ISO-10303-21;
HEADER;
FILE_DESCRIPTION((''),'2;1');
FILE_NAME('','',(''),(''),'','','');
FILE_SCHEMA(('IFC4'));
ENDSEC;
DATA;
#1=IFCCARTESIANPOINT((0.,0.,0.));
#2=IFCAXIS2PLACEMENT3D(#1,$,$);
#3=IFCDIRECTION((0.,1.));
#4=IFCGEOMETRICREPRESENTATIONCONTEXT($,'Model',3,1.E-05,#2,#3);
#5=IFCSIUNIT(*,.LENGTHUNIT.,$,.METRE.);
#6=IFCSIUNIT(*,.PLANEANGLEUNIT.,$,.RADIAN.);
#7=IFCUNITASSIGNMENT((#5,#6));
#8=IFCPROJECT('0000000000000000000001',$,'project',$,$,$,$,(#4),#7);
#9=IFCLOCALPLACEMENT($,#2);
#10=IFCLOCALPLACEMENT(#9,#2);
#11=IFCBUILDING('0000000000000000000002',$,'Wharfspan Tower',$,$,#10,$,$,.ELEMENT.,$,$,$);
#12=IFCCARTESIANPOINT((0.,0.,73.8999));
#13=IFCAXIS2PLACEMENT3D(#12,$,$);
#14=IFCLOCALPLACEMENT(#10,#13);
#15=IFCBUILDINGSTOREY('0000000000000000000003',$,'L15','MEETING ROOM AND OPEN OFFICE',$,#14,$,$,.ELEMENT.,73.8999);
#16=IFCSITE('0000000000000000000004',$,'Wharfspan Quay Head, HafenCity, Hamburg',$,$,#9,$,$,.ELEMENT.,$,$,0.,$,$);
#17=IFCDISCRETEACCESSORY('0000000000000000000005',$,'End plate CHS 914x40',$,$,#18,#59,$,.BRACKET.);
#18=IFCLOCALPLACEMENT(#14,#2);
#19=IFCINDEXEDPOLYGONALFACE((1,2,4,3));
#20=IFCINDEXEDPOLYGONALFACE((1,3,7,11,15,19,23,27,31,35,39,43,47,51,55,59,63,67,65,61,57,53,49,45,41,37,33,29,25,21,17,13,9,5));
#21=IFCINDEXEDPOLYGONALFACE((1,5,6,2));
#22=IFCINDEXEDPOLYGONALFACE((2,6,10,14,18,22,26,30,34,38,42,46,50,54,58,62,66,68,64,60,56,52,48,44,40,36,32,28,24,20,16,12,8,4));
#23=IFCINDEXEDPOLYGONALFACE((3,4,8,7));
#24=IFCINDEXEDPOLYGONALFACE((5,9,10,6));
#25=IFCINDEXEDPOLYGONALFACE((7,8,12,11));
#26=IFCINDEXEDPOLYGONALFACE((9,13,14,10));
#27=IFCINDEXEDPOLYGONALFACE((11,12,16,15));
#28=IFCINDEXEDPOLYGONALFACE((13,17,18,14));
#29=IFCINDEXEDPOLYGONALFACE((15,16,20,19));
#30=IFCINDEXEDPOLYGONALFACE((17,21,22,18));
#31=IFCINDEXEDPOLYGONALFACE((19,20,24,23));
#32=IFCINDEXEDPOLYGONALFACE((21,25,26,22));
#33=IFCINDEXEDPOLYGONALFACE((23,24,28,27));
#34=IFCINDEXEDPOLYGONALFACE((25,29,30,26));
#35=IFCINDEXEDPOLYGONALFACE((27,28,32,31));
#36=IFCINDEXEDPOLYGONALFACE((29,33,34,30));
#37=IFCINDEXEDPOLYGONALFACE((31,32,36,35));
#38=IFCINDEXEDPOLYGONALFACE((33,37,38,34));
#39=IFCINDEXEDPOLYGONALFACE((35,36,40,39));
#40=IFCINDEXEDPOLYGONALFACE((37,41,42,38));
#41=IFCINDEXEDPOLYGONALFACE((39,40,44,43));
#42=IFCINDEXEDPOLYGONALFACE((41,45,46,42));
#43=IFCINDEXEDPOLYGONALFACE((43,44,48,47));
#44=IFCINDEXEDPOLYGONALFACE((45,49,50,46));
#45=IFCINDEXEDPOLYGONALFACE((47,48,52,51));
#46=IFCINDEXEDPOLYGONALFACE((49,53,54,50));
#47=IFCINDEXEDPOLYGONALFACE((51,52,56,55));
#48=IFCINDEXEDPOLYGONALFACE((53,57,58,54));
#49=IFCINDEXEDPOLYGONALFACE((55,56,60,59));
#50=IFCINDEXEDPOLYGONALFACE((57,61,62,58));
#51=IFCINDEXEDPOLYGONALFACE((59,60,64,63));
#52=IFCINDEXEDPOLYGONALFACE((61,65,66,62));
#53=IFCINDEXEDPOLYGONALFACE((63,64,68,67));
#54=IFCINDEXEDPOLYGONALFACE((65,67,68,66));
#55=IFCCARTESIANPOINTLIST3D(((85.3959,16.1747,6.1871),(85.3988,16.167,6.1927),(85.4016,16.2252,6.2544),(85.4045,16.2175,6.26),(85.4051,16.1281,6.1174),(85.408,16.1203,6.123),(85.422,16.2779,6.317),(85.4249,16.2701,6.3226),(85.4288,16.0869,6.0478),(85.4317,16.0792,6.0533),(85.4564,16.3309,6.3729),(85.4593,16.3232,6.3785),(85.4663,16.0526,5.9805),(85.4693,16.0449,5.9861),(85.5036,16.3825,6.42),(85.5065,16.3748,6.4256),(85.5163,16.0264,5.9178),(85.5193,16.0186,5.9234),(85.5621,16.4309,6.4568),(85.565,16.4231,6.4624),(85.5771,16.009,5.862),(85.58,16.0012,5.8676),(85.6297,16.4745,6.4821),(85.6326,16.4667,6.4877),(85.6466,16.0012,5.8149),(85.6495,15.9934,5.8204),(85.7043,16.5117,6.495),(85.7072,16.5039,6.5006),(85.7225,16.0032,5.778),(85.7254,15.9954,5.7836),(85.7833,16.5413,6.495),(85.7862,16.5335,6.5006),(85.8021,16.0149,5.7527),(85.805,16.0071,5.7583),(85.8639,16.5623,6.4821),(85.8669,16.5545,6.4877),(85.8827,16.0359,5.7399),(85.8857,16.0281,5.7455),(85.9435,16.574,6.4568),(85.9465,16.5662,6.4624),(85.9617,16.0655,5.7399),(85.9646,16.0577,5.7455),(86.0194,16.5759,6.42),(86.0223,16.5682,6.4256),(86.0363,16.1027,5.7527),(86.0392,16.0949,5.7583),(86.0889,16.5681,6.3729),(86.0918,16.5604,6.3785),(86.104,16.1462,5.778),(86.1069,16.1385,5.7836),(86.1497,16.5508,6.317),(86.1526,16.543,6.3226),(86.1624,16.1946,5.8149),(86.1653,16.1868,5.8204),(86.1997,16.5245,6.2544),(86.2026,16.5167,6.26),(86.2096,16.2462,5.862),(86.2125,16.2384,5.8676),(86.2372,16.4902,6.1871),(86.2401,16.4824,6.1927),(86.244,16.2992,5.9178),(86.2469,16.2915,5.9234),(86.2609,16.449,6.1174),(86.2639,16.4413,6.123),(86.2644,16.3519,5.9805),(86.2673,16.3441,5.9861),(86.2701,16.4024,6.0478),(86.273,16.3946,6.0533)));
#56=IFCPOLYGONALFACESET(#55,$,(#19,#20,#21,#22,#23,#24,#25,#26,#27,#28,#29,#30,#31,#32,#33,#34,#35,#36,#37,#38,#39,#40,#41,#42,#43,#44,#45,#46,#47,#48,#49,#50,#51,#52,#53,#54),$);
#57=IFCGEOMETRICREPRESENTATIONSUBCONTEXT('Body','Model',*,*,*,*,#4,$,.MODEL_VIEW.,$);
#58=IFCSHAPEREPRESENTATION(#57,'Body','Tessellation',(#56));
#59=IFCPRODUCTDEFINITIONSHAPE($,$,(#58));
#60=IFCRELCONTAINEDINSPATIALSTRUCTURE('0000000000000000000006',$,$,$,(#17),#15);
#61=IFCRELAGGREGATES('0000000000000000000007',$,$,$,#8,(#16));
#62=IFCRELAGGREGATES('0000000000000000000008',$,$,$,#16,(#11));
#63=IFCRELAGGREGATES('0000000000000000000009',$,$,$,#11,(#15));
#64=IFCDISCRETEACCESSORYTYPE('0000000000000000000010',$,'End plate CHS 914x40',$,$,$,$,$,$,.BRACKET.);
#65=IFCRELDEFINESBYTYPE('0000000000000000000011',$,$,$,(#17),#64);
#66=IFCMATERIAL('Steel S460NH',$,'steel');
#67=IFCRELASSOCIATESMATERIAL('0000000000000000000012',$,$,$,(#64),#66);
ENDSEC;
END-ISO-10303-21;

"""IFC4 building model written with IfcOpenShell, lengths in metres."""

from ifc_helpers import new_model, si_unit, direction, frame, origin, origin_2d, place, context, subcontext, project, spatial, circle, extrude, material, material_profile, profile_set, type_object, element, save


model = new_model("IFC4")

# Units and contexts
model_context = context("Model", 3, precision=1e-05, world=origin(), true_north=direction((0.0, 1.0)))
body_context = subcontext(model_context, "Body", "Model", "MODEL_VIEW")
ifc_project = project(units=[si_unit("LENGTHUNIT", "METRE"), si_unit("PLANEANGLEUNIT", "RADIAN")], contexts=[model_context])

# Site, building, storey
site_placement = place(None, origin())
site = spatial("IfcSite", under=ifc_project, at=site_placement, Name="Wharfspan Quay Head, HafenCity, Hamburg", CompositionType="ELEMENT", RefElevation=0.0)
building_placement = place(site_placement, origin())
building = spatial("IfcBuilding", under=site, at=building_placement, Name="Wharfspan Tower", CompositionType="ELEMENT")
storey_placement = place(building_placement, frame((0.0, 0.0, 73.8999)))
storey = spatial("IfcBuildingStorey", under=building, at=storey_placement, Name="L15", Description="MEETING ROOM AND OPEN OFFICE", CompositionType="ELEMENT", Elevation=73.8999)

# Shared definitions
ifc_material_1 = material(Name="Steel S460NH", Category="steel")

# Discrete accessory
ifc_material_profile_1 = material_profile(ifc_material_1, circle(Radius=0.457, at=origin_2d()))
ifc_profile_set_1 = profile_set([ifc_material_profile_1], Name="Steel S460NH")
discrete_accessory_type = type_object("IfcDiscreteAccessoryType", Name="End plate CHS 914x40", PredefinedType="BRACKET", material=ifc_profile_set_1)
for number, where, z_axis, x_axis, name in (
    (1, (85.833, 16.2886, 6.1174), (0.2913, -0.7768, 0.558325), (0.936328, 0.351123, 0.0), "End plate CHS 914x40"),
):
    element("IfcDiscreteAccessory", number, at=place(storey_placement, frame(where, z_axis=z_axis, x_axis=x_axis)), inside=storey, type_object=discrete_accessory_type, Name=name, PredefinedType="BRACKET", context=body_context, shape_type="SweptSolid", body=[
        extrude(circle(Radius=0.457, at=origin_2d()), origin(), (0.0, 0.0, 1.0), 0.01),
    ])

save(model, "model.ifc")
